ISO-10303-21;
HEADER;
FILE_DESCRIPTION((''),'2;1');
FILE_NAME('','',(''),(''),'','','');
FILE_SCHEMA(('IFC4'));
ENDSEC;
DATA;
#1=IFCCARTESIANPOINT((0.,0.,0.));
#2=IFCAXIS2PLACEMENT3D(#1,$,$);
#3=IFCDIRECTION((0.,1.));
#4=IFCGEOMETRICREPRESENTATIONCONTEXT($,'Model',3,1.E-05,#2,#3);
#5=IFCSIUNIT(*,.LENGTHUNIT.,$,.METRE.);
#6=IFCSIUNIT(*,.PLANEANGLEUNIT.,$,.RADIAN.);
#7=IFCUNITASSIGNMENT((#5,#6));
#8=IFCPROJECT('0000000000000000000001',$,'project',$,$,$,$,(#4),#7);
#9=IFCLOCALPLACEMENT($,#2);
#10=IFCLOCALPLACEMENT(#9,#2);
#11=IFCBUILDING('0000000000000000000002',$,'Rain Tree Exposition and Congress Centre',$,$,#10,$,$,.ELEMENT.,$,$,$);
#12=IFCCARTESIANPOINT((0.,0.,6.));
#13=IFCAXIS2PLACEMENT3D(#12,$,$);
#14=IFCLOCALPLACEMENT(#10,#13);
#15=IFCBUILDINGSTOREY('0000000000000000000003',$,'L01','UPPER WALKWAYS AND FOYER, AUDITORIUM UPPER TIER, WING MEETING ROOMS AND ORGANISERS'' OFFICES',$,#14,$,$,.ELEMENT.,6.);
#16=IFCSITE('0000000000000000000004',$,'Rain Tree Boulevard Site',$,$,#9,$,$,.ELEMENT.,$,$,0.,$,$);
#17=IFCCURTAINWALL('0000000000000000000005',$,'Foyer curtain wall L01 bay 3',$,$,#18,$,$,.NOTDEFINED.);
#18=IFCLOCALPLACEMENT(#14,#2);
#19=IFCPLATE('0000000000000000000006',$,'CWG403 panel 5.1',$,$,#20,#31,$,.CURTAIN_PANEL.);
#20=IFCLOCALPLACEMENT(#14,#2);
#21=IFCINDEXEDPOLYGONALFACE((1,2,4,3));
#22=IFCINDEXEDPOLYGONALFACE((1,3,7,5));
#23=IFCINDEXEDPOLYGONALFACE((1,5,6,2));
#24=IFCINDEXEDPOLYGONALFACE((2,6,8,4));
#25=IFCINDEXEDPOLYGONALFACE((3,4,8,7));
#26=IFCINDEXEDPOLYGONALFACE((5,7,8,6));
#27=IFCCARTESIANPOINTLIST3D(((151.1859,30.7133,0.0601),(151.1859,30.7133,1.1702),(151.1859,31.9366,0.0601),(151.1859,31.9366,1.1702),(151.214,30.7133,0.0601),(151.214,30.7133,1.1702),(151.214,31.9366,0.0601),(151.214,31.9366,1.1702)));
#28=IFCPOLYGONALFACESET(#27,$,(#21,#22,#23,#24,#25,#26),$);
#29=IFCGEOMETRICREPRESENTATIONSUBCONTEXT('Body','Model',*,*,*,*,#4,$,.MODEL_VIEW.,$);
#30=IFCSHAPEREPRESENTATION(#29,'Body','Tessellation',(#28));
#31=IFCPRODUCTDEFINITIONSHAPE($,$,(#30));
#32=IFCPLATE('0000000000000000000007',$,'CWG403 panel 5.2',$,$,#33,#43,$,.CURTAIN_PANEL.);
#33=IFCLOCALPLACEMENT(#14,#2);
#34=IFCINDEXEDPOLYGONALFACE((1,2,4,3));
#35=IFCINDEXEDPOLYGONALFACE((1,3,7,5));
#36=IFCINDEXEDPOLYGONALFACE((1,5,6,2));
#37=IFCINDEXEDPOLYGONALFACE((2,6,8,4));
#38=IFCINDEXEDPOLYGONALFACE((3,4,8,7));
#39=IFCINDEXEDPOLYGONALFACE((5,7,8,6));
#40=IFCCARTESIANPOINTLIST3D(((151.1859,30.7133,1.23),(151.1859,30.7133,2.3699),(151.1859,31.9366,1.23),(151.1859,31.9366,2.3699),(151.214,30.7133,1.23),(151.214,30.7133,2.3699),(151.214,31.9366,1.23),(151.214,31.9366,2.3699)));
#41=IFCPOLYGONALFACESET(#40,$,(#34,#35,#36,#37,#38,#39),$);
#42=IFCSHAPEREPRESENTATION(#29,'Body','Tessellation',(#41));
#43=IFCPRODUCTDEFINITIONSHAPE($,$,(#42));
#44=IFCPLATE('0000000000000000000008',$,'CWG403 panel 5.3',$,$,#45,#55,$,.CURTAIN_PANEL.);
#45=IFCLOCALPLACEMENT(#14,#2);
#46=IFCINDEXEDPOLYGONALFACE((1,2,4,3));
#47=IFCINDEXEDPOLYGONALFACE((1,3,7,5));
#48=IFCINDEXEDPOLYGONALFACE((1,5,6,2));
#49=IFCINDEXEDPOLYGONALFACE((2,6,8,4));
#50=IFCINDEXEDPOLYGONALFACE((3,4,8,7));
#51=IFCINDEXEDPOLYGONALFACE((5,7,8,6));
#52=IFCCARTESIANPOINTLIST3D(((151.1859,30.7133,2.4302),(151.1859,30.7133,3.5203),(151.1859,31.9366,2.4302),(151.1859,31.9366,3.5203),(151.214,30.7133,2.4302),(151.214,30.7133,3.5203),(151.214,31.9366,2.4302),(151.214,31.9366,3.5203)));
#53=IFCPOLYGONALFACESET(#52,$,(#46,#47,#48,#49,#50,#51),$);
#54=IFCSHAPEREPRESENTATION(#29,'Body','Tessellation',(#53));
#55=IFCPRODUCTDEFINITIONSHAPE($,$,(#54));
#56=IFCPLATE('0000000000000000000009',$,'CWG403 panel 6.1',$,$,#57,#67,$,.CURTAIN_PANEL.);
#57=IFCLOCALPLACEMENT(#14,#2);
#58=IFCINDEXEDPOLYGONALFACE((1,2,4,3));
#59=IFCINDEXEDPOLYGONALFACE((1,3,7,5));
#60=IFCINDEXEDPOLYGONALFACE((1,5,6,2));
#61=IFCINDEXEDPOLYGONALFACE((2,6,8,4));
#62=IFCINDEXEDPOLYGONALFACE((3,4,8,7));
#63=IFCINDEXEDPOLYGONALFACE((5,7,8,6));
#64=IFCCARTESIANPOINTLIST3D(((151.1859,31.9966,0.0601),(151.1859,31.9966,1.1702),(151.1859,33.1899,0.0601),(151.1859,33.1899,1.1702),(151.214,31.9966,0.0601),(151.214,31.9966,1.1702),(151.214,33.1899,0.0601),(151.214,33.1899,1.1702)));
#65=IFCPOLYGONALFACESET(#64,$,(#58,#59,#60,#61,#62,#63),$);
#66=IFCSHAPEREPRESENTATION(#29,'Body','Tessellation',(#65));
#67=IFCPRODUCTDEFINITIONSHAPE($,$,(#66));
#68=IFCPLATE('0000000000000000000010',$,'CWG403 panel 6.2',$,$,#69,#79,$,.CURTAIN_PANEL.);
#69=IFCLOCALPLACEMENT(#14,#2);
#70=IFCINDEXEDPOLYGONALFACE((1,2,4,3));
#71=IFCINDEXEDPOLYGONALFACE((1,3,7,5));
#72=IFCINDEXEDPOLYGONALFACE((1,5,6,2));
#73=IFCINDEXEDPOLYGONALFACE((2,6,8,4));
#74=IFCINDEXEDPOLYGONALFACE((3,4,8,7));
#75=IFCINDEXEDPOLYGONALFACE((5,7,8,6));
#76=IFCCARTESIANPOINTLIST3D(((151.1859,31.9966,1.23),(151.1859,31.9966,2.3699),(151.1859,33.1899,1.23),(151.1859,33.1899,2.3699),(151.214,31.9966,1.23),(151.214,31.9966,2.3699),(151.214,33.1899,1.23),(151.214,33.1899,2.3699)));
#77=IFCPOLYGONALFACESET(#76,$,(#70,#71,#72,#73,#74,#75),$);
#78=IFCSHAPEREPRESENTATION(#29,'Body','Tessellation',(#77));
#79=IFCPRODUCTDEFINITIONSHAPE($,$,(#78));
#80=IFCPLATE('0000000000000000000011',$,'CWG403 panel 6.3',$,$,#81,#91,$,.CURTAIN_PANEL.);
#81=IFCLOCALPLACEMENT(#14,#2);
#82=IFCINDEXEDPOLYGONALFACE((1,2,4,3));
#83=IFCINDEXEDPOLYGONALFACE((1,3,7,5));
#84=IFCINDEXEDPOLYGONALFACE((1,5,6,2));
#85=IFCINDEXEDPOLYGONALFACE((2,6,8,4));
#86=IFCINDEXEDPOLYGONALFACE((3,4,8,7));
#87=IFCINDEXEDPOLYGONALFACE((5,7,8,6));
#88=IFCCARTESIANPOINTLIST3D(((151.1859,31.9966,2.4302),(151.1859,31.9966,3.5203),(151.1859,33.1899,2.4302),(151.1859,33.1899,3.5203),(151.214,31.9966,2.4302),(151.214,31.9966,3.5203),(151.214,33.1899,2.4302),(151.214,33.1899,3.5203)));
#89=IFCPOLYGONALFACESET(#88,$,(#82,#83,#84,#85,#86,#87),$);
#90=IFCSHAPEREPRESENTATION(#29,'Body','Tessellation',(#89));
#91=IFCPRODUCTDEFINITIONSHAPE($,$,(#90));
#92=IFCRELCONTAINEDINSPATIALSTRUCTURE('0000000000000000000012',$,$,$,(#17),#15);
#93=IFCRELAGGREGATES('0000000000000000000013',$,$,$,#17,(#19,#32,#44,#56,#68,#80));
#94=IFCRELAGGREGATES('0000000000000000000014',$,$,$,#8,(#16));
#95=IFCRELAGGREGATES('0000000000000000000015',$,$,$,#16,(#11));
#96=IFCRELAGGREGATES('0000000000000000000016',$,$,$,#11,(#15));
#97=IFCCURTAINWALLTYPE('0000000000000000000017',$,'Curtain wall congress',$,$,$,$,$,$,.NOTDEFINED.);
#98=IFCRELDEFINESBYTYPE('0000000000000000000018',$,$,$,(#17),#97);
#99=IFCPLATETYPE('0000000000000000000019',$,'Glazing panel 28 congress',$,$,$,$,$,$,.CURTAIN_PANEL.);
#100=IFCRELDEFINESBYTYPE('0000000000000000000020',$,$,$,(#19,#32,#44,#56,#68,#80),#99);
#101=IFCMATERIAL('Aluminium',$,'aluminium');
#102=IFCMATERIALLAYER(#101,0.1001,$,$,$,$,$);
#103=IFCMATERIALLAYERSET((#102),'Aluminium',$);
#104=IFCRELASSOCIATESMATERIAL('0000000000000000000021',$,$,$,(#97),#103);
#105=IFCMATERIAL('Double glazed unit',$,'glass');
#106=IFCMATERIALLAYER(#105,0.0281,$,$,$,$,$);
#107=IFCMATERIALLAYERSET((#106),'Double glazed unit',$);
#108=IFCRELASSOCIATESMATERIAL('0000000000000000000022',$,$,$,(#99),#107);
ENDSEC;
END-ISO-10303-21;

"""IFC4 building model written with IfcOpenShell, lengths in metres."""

from ifc_helpers import new_model, si_unit, direction, frame, origin, origin_2d, place, context, subcontext, project, spatial, rectangle, extrude, material, layer, layer_set, type_object, element, aggregate, save


model = new_model("IFC4")

# Units and contexts
model_context = context("Model", 3, precision=1e-05, world=origin(), true_north=direction((0.0, 1.0)))
body_context = subcontext(model_context, "Body", "Model", "MODEL_VIEW")
ifc_project = project(units=[si_unit("LENGTHUNIT", "METRE"), si_unit("PLANEANGLEUNIT", "RADIAN")], contexts=[model_context])

# Site, building, storey
site_placement = place(None, origin())
site = spatial("IfcSite", under=ifc_project, at=site_placement, Name="Rain Tree Boulevard Site", CompositionType="ELEMENT", RefElevation=0.0)
building_placement = place(site_placement, origin())
building = spatial("IfcBuilding", under=site, at=building_placement, Name="Rain Tree Exposition and Congress Centre", CompositionType="ELEMENT")
storey_placement = place(building_placement, frame((0.0, 0.0, 6.0)))
storey = spatial("IfcBuildingStorey", under=building, at=storey_placement, Name="L01", Description="UPPER WALKWAYS AND FOYER, AUDITORIUM UPPER TIER, WING MEETING ROOMS AND ORGANISERS' OFFICES", CompositionType="ELEMENT", Elevation=6.0)

# Curtain wall, plates
ifc_material_1 = material(Name="Aluminium", Category="aluminium")
ifc_layer_1 = layer(ifc_material_1, 0.1001)
ifc_layer_set_1 = layer_set([ifc_layer_1], Name="Aluminium")
curtain_wall_type = type_object("IfcCurtainWallType", Name="Curtain wall congress", PredefinedType="NOTDEFINED", material=ifc_layer_set_1)
curtain_wall_placement = place(storey_placement, origin())
curtain_wall = element("IfcCurtainWall", 1, at=curtain_wall_placement, inside=storey, type_object=curtain_wall_type, Name="Foyer curtain wall L01 bay 3", PredefinedType="NOTDEFINED")
ifc_material_2 = material(Name="Double glazed unit", Category="glass")
ifc_layer_2 = layer(ifc_material_2, 0.0281)
ifc_layer_set_2 = layer_set([ifc_layer_2], Name="Double glazed unit")
plate_type = type_object("IfcPlateType", Name="Glazing panel 28 congress", PredefinedType="CURTAIN_PANEL", material=ifc_layer_set_2)
plate_1_placement = place(storey_placement, frame((151.2, 31.325, 0.0601), z_axis=(0.0, 0.0, 1.0), x_axis=(0.0, 1.0, 0.0)))
plate_1 = element("IfcPlate", 2, at=plate_1_placement, type_object=plate_type, Name="CWG403 panel 5.1", PredefinedType="CURTAIN_PANEL", context=body_context, shape_type="SweptSolid", body=[
    extrude(rectangle(XDim=1.2234, YDim=0.0281, at=origin_2d()), origin(), (0.0, 0.0, 1.0), 1.1101),
])
plate_2_placement = place(storey_placement, frame((151.2, 31.325, 1.23), z_axis=(0.0, 0.0, 1.0), x_axis=(0.0, 1.0, 0.0)))
plate_2 = element("IfcPlate", 3, at=plate_2_placement, type_object=plate_type, Name="CWG403 panel 5.2", PredefinedType="CURTAIN_PANEL", context=body_context, shape_type="SweptSolid", body=[
    extrude(rectangle(XDim=1.2234, YDim=0.0281, at=origin_2d()), origin(), (0.0, 0.0, 1.0), 1.1399),
])
plate_3_placement = place(storey_placement, frame((151.2, 31.325, 2.4302), z_axis=(0.0, 0.0, 1.0), x_axis=(0.0, 1.0, 0.0)))
plate_3 = element("IfcPlate", 4, at=plate_3_placement, type_object=plate_type, Name="CWG403 panel 5.3", PredefinedType="CURTAIN_PANEL", context=body_context, shape_type="SweptSolid", body=[
    extrude(rectangle(XDim=1.2234, YDim=0.0281, at=origin_2d()), origin(), (0.0, 0.0, 1.0), 1.0901),
])
plate_4_placement = place(storey_placement, frame((151.2, 32.5933, 0.0601), z_axis=(0.0, 0.0, 1.0), x_axis=(0.0, 1.0, 0.0)))
plate_4 = element("IfcPlate", 5, at=plate_4_placement, type_object=plate_type, Name="CWG403 panel 6.1", PredefinedType="CURTAIN_PANEL", context=body_context, shape_type="SweptSolid", body=[
    extrude(rectangle(XDim=1.1934, YDim=0.0281, at=origin_2d()), origin(), (0.0, 0.0, 1.0), 1.1101),
])
plate_5_placement = place(storey_placement, frame((151.2, 32.5933, 1.23), z_axis=(0.0, 0.0, 1.0), x_axis=(0.0, 1.0, 0.0)))
plate_5 = element("IfcPlate", 6, at=plate_5_placement, type_object=plate_type, Name="CWG403 panel 6.2", PredefinedType="CURTAIN_PANEL", context=body_context, shape_type="SweptSolid", body=[
    extrude(rectangle(XDim=1.1934, YDim=0.0281, at=origin_2d()), origin(), (0.0, 0.0, 1.0), 1.1399),
])
plate_6_placement = place(storey_placement, frame((151.2, 32.5933, 2.4302), z_axis=(0.0, 0.0, 1.0), x_axis=(0.0, 1.0, 0.0)))
plate_6 = element("IfcPlate", 7, at=plate_6_placement, type_object=plate_type, Name="CWG403 panel 6.3", PredefinedType="CURTAIN_PANEL", context=body_context, shape_type="SweptSolid", body=[
    extrude(rectangle(XDim=1.1934, YDim=0.0281, at=origin_2d()), origin(), (0.0, 0.0, 1.0), 1.0901),
])
aggregate(curtain_wall, [plate_1, plate_2, plate_3, plate_4, plate_5, plate_6])

save(model, "model.ifc")
